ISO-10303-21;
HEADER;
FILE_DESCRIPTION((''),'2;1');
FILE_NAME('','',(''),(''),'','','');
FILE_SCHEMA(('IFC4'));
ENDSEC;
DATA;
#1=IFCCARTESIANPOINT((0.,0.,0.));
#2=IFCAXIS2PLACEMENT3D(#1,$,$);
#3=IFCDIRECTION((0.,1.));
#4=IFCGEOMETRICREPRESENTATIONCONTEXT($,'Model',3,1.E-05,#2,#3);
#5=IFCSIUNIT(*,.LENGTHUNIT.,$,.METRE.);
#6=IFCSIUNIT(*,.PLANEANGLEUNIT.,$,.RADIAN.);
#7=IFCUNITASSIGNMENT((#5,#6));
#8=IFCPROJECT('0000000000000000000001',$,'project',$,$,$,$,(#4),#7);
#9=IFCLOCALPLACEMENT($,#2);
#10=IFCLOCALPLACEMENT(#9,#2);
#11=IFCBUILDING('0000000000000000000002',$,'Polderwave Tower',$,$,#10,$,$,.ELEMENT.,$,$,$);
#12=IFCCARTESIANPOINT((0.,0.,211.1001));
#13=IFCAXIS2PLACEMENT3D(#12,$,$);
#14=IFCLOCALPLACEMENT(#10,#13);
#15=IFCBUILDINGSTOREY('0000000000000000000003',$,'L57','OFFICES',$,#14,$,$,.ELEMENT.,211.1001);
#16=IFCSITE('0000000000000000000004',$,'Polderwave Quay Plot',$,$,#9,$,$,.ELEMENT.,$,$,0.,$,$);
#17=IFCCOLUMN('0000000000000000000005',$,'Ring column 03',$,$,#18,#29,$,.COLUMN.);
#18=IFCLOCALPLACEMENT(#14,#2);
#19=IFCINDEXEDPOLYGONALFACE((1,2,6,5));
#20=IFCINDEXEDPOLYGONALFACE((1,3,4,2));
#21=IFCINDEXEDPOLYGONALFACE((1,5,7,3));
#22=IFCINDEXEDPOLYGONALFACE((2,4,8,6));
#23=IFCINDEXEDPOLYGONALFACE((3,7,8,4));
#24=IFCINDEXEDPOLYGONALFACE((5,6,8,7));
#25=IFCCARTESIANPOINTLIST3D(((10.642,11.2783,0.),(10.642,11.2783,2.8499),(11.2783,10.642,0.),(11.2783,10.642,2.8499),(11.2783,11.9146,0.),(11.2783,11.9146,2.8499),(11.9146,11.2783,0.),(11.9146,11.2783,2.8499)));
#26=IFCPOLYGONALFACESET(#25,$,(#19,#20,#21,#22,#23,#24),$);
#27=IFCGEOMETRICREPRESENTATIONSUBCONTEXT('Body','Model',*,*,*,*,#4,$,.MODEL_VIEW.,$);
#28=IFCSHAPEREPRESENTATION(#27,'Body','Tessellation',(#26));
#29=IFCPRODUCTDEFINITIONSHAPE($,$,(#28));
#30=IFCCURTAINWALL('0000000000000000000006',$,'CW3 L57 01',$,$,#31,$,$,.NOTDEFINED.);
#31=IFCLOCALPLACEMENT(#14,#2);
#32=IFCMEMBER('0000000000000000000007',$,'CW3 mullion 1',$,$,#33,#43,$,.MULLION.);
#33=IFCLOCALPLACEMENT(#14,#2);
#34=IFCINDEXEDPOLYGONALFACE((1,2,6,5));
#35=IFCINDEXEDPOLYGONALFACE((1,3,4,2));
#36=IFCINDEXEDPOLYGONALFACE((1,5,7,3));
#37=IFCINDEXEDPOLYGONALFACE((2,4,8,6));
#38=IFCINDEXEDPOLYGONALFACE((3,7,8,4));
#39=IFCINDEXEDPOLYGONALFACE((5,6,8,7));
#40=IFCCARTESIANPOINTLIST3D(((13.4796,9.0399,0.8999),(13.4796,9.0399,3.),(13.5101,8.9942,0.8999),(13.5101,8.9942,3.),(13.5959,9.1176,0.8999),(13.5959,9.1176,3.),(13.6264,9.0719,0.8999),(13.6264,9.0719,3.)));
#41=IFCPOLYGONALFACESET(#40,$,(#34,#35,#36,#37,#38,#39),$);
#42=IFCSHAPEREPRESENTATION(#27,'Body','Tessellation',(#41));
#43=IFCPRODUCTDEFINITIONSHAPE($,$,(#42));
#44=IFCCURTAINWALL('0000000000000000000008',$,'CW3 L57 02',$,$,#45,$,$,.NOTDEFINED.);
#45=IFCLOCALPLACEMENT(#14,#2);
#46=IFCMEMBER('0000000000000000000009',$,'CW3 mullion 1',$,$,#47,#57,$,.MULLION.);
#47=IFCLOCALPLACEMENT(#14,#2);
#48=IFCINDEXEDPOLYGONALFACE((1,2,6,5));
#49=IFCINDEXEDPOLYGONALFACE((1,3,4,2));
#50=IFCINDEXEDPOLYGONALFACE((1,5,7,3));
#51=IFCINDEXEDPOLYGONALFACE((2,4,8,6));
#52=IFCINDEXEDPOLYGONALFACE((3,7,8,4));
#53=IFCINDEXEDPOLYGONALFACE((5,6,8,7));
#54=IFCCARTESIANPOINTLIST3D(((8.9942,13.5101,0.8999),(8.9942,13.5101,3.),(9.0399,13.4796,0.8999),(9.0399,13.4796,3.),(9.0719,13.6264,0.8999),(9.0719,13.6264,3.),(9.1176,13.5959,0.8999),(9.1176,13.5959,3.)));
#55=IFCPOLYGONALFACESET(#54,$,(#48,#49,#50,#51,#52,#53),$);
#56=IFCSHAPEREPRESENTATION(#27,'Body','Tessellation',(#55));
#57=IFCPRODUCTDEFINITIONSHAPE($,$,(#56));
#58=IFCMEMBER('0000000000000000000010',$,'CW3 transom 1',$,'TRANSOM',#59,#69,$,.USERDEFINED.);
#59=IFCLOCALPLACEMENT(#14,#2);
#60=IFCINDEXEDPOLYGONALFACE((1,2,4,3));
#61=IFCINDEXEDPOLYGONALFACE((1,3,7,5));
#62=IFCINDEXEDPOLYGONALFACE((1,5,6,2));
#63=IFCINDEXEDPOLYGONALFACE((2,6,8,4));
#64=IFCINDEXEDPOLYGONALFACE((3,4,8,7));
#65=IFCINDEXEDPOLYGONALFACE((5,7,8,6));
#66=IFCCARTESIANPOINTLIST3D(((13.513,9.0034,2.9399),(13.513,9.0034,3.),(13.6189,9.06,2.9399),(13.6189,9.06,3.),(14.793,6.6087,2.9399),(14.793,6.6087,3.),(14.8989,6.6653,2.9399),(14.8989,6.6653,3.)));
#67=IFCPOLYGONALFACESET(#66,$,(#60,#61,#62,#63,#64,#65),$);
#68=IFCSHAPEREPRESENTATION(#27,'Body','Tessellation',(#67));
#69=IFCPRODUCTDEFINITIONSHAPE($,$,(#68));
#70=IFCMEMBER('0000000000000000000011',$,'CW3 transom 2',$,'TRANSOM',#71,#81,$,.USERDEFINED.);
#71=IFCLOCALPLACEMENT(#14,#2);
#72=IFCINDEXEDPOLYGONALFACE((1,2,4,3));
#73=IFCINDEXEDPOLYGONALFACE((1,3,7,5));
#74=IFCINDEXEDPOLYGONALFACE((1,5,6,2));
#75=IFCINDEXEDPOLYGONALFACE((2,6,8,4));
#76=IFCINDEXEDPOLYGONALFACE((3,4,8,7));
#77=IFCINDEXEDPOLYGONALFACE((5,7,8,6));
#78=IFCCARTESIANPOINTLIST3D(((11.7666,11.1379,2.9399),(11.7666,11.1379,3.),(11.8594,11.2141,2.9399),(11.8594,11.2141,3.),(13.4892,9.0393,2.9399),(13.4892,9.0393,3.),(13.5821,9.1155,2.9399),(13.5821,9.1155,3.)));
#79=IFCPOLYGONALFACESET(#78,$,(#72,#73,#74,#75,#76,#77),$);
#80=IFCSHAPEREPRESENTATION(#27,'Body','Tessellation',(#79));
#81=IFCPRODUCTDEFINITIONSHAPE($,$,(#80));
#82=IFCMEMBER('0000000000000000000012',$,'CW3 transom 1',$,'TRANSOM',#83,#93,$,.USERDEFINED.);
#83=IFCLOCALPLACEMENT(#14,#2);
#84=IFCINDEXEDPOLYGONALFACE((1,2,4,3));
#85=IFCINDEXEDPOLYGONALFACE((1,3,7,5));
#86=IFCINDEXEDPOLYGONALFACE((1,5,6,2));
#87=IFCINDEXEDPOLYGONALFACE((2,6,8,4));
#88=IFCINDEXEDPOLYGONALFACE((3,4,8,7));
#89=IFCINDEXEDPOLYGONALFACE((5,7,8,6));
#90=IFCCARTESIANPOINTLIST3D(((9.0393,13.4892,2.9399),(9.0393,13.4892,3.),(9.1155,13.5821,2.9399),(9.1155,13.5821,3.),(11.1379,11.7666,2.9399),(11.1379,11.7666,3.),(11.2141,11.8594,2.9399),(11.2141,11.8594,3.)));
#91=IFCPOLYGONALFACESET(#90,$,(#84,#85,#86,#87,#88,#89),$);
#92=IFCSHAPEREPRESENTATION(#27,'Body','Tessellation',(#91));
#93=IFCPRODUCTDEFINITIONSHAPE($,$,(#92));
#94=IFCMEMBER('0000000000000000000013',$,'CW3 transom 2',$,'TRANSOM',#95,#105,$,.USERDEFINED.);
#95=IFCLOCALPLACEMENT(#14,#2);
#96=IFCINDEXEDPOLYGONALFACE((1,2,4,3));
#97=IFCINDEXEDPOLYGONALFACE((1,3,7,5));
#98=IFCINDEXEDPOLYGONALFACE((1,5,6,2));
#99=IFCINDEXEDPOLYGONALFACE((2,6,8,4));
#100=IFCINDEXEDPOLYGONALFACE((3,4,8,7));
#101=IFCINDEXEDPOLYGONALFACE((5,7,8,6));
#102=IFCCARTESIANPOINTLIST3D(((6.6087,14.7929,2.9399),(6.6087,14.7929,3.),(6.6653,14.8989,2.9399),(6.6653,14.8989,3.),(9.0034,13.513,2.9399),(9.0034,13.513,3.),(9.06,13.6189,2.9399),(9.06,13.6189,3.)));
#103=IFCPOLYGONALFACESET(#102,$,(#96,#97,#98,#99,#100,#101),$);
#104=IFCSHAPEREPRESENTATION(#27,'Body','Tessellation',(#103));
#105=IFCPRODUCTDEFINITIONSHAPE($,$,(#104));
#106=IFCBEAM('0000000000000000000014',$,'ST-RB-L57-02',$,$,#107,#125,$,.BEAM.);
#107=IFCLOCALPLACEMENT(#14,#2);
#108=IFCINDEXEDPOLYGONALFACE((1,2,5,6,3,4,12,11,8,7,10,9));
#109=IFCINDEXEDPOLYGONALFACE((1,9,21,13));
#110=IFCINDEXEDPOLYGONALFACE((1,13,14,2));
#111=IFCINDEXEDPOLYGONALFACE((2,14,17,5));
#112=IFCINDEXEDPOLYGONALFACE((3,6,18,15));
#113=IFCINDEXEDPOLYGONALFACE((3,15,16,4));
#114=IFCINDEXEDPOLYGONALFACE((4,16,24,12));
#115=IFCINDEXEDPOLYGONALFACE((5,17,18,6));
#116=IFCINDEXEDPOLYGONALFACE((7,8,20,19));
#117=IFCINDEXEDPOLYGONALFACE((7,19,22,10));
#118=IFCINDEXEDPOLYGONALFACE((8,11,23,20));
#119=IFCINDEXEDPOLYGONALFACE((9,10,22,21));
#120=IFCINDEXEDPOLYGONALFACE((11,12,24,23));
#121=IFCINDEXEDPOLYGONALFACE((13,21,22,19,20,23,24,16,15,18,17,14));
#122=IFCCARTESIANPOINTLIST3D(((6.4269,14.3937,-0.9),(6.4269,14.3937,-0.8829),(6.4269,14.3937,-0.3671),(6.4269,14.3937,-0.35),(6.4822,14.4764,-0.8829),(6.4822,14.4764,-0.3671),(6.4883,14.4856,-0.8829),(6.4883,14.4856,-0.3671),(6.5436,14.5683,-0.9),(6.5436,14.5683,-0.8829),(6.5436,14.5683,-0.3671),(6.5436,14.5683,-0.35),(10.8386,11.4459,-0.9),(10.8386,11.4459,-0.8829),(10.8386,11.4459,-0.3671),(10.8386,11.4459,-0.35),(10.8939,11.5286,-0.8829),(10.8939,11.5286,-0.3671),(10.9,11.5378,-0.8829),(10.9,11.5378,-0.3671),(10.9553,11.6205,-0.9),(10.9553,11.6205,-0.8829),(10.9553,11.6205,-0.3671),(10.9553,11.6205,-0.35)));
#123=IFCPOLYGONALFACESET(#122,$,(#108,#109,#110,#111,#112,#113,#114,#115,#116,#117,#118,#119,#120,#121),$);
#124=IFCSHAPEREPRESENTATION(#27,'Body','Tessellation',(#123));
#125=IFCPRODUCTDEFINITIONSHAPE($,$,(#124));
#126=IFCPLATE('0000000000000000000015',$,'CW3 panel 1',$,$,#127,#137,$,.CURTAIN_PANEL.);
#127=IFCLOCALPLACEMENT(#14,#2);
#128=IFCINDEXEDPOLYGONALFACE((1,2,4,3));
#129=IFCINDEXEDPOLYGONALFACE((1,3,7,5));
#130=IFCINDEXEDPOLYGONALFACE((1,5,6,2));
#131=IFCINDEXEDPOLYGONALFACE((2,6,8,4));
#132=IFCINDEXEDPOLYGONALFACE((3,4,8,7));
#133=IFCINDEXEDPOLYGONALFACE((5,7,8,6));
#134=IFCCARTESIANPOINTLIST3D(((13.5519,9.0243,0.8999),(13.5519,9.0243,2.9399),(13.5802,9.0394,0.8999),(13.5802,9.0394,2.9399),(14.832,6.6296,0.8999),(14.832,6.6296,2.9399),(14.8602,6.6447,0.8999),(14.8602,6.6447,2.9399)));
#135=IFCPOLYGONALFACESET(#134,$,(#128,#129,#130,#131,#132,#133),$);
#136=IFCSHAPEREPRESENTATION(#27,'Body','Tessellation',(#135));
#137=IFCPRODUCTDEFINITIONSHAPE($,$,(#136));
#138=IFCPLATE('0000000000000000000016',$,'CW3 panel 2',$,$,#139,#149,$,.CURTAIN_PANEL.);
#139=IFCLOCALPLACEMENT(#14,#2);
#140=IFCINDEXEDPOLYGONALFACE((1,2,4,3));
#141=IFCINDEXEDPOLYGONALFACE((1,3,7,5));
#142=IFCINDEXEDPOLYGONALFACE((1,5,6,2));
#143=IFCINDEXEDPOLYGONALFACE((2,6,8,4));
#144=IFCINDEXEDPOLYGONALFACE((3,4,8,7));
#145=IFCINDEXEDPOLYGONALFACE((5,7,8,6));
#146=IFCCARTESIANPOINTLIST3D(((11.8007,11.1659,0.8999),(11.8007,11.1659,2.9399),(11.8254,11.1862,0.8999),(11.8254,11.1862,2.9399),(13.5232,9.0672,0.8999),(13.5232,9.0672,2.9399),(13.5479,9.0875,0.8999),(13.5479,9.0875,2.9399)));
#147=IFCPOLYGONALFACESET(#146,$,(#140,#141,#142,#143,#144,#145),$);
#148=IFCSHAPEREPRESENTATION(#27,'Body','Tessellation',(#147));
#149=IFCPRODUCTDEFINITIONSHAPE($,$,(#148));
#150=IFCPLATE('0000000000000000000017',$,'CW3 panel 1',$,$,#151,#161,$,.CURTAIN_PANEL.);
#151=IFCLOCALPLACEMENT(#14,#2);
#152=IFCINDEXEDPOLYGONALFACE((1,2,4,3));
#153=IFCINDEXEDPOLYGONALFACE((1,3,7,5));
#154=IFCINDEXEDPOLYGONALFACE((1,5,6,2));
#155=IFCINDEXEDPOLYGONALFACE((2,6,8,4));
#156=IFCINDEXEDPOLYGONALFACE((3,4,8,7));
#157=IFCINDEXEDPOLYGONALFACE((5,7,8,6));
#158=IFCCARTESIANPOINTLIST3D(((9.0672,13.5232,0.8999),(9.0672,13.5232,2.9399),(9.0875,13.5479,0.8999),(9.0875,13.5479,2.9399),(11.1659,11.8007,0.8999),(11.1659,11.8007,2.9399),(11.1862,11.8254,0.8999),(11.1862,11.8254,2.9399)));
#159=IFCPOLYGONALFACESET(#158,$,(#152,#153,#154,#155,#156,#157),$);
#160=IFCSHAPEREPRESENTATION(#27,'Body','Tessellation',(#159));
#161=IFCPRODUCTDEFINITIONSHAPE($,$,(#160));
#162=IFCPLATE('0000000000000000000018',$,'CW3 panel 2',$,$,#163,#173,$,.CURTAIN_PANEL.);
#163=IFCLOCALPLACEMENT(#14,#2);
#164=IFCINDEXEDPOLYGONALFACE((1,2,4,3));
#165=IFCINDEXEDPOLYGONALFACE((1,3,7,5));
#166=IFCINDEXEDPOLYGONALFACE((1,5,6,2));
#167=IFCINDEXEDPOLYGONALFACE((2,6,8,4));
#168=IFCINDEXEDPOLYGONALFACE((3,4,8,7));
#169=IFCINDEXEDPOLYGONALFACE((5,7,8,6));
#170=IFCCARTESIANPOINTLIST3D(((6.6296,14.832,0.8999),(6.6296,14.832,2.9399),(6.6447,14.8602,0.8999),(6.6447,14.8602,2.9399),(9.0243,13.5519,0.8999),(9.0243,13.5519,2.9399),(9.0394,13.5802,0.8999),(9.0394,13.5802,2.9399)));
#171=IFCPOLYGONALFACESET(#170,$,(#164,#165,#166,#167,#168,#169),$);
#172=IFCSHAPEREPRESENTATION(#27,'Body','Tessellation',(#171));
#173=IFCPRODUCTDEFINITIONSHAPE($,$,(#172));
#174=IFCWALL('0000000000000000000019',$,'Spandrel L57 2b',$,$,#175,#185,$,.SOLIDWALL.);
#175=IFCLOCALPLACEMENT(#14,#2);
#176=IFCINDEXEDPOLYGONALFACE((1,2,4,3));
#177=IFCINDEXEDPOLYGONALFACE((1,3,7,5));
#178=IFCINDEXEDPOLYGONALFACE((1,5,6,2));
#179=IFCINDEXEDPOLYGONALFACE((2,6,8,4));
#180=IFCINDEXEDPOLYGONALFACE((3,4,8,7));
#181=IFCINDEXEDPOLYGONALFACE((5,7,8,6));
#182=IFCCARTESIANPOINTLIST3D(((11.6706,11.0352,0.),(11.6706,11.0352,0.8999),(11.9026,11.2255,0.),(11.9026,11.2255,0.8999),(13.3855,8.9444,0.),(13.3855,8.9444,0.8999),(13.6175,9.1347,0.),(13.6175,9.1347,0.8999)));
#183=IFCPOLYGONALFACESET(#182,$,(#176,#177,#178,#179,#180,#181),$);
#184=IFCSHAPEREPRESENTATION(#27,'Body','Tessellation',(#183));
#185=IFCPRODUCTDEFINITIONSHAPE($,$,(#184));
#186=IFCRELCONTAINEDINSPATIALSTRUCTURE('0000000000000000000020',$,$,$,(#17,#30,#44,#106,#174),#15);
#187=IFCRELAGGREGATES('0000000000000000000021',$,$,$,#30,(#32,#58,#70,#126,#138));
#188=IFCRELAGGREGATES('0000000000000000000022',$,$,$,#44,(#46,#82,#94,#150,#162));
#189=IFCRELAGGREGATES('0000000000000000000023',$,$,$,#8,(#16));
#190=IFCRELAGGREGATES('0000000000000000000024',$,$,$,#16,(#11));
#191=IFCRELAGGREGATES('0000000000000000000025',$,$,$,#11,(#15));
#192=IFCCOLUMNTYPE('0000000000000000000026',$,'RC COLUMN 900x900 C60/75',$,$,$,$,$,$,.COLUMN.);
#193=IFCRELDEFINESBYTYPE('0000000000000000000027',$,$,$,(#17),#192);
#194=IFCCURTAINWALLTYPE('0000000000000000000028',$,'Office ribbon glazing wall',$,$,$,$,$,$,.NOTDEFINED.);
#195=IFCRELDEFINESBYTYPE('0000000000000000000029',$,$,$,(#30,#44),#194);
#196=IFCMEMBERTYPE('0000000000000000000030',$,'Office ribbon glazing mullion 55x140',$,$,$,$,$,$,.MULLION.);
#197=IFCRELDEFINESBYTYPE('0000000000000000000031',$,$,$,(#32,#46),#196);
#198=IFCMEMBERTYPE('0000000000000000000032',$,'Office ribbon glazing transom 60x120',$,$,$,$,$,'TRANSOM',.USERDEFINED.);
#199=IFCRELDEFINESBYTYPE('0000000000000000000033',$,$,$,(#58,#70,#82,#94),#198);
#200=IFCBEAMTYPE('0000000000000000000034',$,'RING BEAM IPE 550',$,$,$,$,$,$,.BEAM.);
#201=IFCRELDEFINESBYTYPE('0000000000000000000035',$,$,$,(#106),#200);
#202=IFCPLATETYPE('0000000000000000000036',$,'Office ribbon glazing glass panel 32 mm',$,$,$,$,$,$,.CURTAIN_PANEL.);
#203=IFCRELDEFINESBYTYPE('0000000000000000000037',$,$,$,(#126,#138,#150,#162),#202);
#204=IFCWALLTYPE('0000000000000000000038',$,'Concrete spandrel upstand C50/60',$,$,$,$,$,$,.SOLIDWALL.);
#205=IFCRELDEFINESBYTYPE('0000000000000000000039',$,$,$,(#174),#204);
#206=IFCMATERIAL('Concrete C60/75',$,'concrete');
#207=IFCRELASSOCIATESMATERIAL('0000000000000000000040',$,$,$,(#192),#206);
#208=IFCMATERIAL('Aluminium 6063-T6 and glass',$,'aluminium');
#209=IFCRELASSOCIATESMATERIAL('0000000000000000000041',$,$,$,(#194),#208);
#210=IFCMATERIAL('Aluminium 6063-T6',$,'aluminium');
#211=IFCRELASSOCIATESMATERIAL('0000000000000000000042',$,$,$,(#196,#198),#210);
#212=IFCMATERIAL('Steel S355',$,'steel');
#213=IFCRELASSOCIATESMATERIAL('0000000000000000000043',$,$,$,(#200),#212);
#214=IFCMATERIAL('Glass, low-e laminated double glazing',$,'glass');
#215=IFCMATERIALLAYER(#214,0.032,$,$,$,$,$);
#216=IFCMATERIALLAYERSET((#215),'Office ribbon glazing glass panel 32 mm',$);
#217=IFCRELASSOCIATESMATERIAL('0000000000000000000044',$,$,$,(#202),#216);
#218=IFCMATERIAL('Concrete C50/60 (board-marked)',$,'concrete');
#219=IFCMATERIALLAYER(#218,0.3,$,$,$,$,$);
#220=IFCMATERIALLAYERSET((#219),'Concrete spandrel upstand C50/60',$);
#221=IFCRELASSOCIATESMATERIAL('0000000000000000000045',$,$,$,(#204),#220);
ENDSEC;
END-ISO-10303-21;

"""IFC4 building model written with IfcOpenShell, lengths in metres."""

from ifc_helpers import new_model, si_unit, direction, frame, frame_2d, origin, origin_2d, place, context, subcontext, project, spatial, rectangle, i_section, extrude, material, layer, layer_set, material_profile, profile_set, type_object, element, aggregate, save


model = new_model("IFC4")

# Units and contexts
model_context = context("Model", 3, precision=1e-05, world=origin(), true_north=direction((0.0, 1.0)))
body_context = subcontext(model_context, "Body", "Model", "MODEL_VIEW")
ifc_project = project(units=[si_unit("LENGTHUNIT", "METRE"), si_unit("PLANEANGLEUNIT", "RADIAN")], contexts=[model_context])

# Site, building, storey
site_placement = place(None, origin())
site = spatial("IfcSite", under=ifc_project, at=site_placement, Name="Polderwave Quay Plot", CompositionType="ELEMENT", RefElevation=0.0)
building_placement = place(site_placement, origin())
building = spatial("IfcBuilding", under=site, at=building_placement, Name="Polderwave Tower", CompositionType="ELEMENT")
storey_placement = place(building_placement, frame((0.0, 0.0, 211.1001)))
storey = spatial("IfcBuildingStorey", under=building, at=storey_placement, Name="L57", Description="OFFICES", CompositionType="ELEMENT", Elevation=211.1001)

# Column
ifc_material_1 = material(Name="Concrete C60/75", Category="concrete")
ifc_material_profile_1 = material_profile(ifc_material_1, rectangle(XDim=0.8999, YDim=0.8999, at=origin_2d()), Name="RC 900x900")
ifc_profile_set_1 = profile_set([ifc_material_profile_1], Name="Concrete C60/75")
column_type = type_object("IfcColumnType", Name="RC COLUMN 900x900 C60/75", PredefinedType="COLUMN", material=ifc_profile_set_1)
column_placement = place(storey_placement, frame((11.2783, 11.2783, 0.0), z_axis=(0.0, 0.0, 1.0), x_axis=(0.707107, 0.707107, 0.0)))
element("IfcColumn", 1, at=column_placement, inside=storey, type_object=column_type, Name="Ring column 03", PredefinedType="COLUMN", context=body_context, shape_type="SweptSolid", body=[
    extrude(rectangle(XDim=0.8999, YDim=0.8999, at=origin_2d()), origin(), (0.0, 0.0, 1.0), 2.8499),
])

# Curtain walls, members
ifc_material_2 = material(Name="Aluminium 6063-T6 and glass", Category="aluminium")
curtain_wall_type = type_object("IfcCurtainWallType", Name="Office ribbon glazing wall", PredefinedType="NOTDEFINED", material=ifc_material_2)
curtain_wall_1_placement = place(storey_placement, origin())
curtain_wall_1 = element("IfcCurtainWall", 2, at=curtain_wall_1_placement, inside=storey, type_object=curtain_wall_type, Name="CW3 L57 01", PredefinedType="NOTDEFINED")
ifc_material_3 = material(Name="Aluminium 6063-T6", Category="aluminium")
ifc_material_profile_2 = material_profile(ifc_material_3, rectangle(XDim=0.1399, YDim=0.0549, at=origin_2d()), Name="AL 55x140")
ifc_profile_set_2 = profile_set([ifc_material_profile_2], Name="Aluminium 6063-T6")
member_type_1 = type_object("IfcMemberType", Name="Office ribbon glazing mullion 55x140", PredefinedType="MULLION", material=ifc_profile_set_2)
member_1_placement = place(storey_placement, frame((13.553, 9.0559, 0.8999), z_axis=(0.0, 0.0, 1.0), x_axis=(-0.831455, -0.555592, 0.0)))
member_1 = element("IfcMember", 3, at=member_1_placement, type_object=member_type_1, Name="CW3 mullion 1", PredefinedType="MULLION", context=body_context, shape_type="SweptSolid", body=[
    extrude(rectangle(XDim=0.1399, YDim=0.0549, at=origin_2d()), origin(), (0.0, 0.0, 1.0), 2.1001),
])
curtain_wall_2_placement = place(storey_placement, origin())
curtain_wall_2 = element("IfcCurtainWall", 4, at=curtain_wall_2_placement, inside=storey, type_object=curtain_wall_type, Name="CW3 L57 02", PredefinedType="NOTDEFINED")
member_2_placement = place(storey_placement, frame((9.0559, 13.553, 0.8999), z_axis=(0.0, 0.0, 1.0), x_axis=(-0.555592, -0.831455, 0.0)))
member_2 = element("IfcMember", 5, at=member_2_placement, type_object=member_type_1, Name="CW3 mullion 1", PredefinedType="MULLION", context=body_context, shape_type="SweptSolid", body=[
    extrude(rectangle(XDim=0.1399, YDim=0.0549, at=origin_2d()), origin(), (0.0, 0.0, 1.0), 2.1001),
])

# Members
ifc_material_profile_3 = material_profile(ifc_material_3, rectangle(XDim=0.1201, YDim=0.0601, at=origin_2d()), Name="AL 60x120")
ifc_profile_set_3 = profile_set([ifc_material_profile_3], Name="Aluminium 6063-T6")
member_type_2 = type_object("IfcMemberType", Name="Office ribbon glazing transom 60x120", ElementType="TRANSOM", PredefinedType="USERDEFINED", material=ifc_profile_set_3)
member_3_placement = place(storey_placement, frame((14.8459, 6.637, 2.97), z_axis=(-0.471395, 0.881922, 0.0), x_axis=(-0.881922, -0.471395, 0.0)))
member_3 = element("IfcMember", 6, at=member_3_placement, type_object=member_type_2, Name="CW3 transom 1", ObjectType="TRANSOM", PredefinedType="USERDEFINED", context=body_context, shape_type="SweptSolid", body=[
    extrude(rectangle(XDim=0.1201, YDim=0.0601, at=origin_2d()), origin(), (0.0, 0.0, 1.0), 2.7153),
])
member_4_placement = place(storey_placement, frame((13.5356, 9.0774, 2.97), z_axis=(-0.634471, 0.772947, 0.0), x_axis=(-0.772947, -0.634471, 0.0)))
member_4 = element("IfcMember", 7, at=member_4_placement, type_object=member_type_2, Name="CW3 transom 2", ObjectType="TRANSOM", PredefinedType="USERDEFINED", context=body_context, shape_type="SweptSolid", body=[
    extrude(rectangle(XDim=0.1201, YDim=0.0601, at=origin_2d()), origin(), (0.0, 0.0, 1.0), 2.7151),
])
member_5_placement = place(storey_placement, frame((11.176, 11.813, 2.97), z_axis=(-0.772947, 0.634471, 0.0), x_axis=(-0.634471, -0.772947, 0.0)))
member_5 = element("IfcMember", 8, at=member_5_placement, type_object=member_type_2, Name="CW3 transom 1", ObjectType="TRANSOM", PredefinedType="USERDEFINED", context=body_context, shape_type="SweptSolid", body=[
    extrude(rectangle(XDim=0.1201, YDim=0.0601, at=origin_2d()), origin(), (0.0, 0.0, 1.0), 2.7151),
])
member_6_placement = place(storey_placement, frame((9.0317, 13.5659, 2.97), z_axis=(-0.881922, 0.471395, 0.0), x_axis=(-0.471395, -0.881922, 0.0)))
member_6 = element("IfcMember", 9, at=member_6_placement, type_object=member_type_2, Name="CW3 transom 2", ObjectType="TRANSOM", PredefinedType="USERDEFINED", context=body_context, shape_type="SweptSolid", body=[
    extrude(rectangle(XDim=0.1201, YDim=0.0601, at=origin_2d()), origin(), (0.0, 0.0, 1.0), 2.7153),
])

# Beam
ifc_material_4 = material(Name="Steel S355", Category="steel")
ifc_material_profile_4 = material_profile(ifc_material_4, i_section(OverallWidth=0.21, OverallDepth=0.55, WebThickness=0.011, FlangeThickness=0.0171, at=origin_2d()), Name="IPE 550")
ifc_profile_set_4 = profile_set([ifc_material_profile_4], Name="Steel S355")
beam_type = type_object("IfcBeamType", Name="RING BEAM IPE 550", PredefinedType="BEAM", material=ifc_profile_set_4)
beam_placement = place(storey_placement, frame((10.897, 11.5332, -0.625), z_axis=(-0.831469, 0.555571, 0.0), x_axis=(-0.555571, -0.831469, 0.0)))
element("IfcBeam", 10, at=beam_placement, inside=storey, type_object=beam_type, Name="ST-RB-L57-02", PredefinedType="BEAM", context=body_context, shape_type="SweptSolid", body=[
    extrude(i_section(OverallWidth=0.21, OverallDepth=0.55, WebThickness=0.011, FlangeThickness=0.0171, at=origin_2d()), origin(), (0.0, 0.0, 1.0), 5.3059),
])

# Plates
ifc_material_5 = material(Name="Glass, low-e laminated double glazing", Category="glass")
ifc_layer_1 = layer(ifc_material_5, 0.032)
ifc_layer_set_1 = layer_set([ifc_layer_1], Name="Office ribbon glazing glass panel 32 mm")
plate_type = type_object("IfcPlateType", Name="Office ribbon glazing glass panel 32 mm", PredefinedType="CURTAIN_PANEL", material=ifc_layer_set_1)
plate_1_placement = place(storey_placement, frame((14.2061, 7.8345, 0.8999), z_axis=(0.0, 0.0, 1.0), x_axis=(-0.471401, 0.881919, 0.0)))
plate_1 = element("IfcPlate", 11, at=plate_1_placement, type_object=plate_type, Name="CW3 panel 1", PredefinedType="CURTAIN_PANEL", context=body_context, shape_type="SweptSolid", body=[
    extrude(rectangle(XDim=2.7153, YDim=0.032, at=origin_2d()), origin(), (0.0, 0.0, 1.0), 2.04),
])
plate_2_placement = place(storey_placement, frame((12.6743, 10.1267, 0.8999), z_axis=(0.0, 0.0, 1.0), x_axis=(-0.634428, 0.772982, 0.0)))
plate_2 = element("IfcPlate", 12, at=plate_2_placement, type_object=plate_type, Name="CW3 panel 2", PredefinedType="CURTAIN_PANEL", context=body_context, shape_type="SweptSolid", body=[
    extrude(rectangle(XDim=2.7151, YDim=0.032, at=origin_2d()), origin(), (0.0, 0.0, 1.0), 2.04),
])
aggregate(curtain_wall_1, [member_1, member_3, member_4, plate_1, plate_2])
plate_3_placement = place(storey_placement, frame((10.1267, 12.6743, 0.8999), z_axis=(0.0, 0.0, 1.0), x_axis=(-0.772982, 0.634428, 0.0)))
plate_3 = element("IfcPlate", 13, at=plate_3_placement, type_object=plate_type, Name="CW3 panel 1", PredefinedType="CURTAIN_PANEL", context=body_context, shape_type="SweptSolid", body=[
    extrude(rectangle(XDim=2.7151, YDim=0.032, at=origin_2d()), origin(), (0.0, 0.0, 1.0), 2.04),
])
plate_4_placement = place(storey_placement, frame((7.8345, 14.2061, 0.8999), z_axis=(0.0, 0.0, 1.0), x_axis=(-0.881919, 0.471401, 0.0)))
plate_4 = element("IfcPlate", 14, at=plate_4_placement, type_object=plate_type, Name="CW3 panel 2", PredefinedType="CURTAIN_PANEL", context=body_context, shape_type="SweptSolid", body=[
    extrude(rectangle(XDim=2.7153, YDim=0.032, at=origin_2d()), origin(), (0.0, 0.0, 1.0), 2.04),
])
aggregate(curtain_wall_2, [member_2, member_5, member_6, plate_3, plate_4])

# Wall
ifc_material_6 = material(Name="Concrete C50/60 (board-marked)", Category="concrete")
ifc_layer_2 = layer(ifc_material_6, 0.3)
ifc_layer_set_2 = layer_set([ifc_layer_2], Name="Concrete spandrel upstand C50/60")
wall_type_1 = type_object("IfcWallType", Name="Concrete spandrel upstand C50/60", PredefinedType="SOLIDWALL", material=ifc_layer_set_2)
for number, where, z_axis, x_axis, name in (
    (15, (13.5015, 9.0396, 0.0), (0.0, 0.0, 1.0), (-0.634162, 0.7732, 0.0), "Spandrel L57 2b"),
):
    element("IfcWall", number, at=place(storey_placement, frame(where, z_axis=z_axis, x_axis=x_axis)), inside=storey, type_object=wall_type_1, Name=name, PredefinedType="SOLIDWALL", context=body_context, shape_type="SweptSolid", body=[
        extrude(rectangle(XDim=2.7041, YDim=0.3, at=frame_2d((1.3521, 0.0))), origin(), (0.0, 0.0, 1.0), 0.8999),
    ])

save(model, "model.ifc")
